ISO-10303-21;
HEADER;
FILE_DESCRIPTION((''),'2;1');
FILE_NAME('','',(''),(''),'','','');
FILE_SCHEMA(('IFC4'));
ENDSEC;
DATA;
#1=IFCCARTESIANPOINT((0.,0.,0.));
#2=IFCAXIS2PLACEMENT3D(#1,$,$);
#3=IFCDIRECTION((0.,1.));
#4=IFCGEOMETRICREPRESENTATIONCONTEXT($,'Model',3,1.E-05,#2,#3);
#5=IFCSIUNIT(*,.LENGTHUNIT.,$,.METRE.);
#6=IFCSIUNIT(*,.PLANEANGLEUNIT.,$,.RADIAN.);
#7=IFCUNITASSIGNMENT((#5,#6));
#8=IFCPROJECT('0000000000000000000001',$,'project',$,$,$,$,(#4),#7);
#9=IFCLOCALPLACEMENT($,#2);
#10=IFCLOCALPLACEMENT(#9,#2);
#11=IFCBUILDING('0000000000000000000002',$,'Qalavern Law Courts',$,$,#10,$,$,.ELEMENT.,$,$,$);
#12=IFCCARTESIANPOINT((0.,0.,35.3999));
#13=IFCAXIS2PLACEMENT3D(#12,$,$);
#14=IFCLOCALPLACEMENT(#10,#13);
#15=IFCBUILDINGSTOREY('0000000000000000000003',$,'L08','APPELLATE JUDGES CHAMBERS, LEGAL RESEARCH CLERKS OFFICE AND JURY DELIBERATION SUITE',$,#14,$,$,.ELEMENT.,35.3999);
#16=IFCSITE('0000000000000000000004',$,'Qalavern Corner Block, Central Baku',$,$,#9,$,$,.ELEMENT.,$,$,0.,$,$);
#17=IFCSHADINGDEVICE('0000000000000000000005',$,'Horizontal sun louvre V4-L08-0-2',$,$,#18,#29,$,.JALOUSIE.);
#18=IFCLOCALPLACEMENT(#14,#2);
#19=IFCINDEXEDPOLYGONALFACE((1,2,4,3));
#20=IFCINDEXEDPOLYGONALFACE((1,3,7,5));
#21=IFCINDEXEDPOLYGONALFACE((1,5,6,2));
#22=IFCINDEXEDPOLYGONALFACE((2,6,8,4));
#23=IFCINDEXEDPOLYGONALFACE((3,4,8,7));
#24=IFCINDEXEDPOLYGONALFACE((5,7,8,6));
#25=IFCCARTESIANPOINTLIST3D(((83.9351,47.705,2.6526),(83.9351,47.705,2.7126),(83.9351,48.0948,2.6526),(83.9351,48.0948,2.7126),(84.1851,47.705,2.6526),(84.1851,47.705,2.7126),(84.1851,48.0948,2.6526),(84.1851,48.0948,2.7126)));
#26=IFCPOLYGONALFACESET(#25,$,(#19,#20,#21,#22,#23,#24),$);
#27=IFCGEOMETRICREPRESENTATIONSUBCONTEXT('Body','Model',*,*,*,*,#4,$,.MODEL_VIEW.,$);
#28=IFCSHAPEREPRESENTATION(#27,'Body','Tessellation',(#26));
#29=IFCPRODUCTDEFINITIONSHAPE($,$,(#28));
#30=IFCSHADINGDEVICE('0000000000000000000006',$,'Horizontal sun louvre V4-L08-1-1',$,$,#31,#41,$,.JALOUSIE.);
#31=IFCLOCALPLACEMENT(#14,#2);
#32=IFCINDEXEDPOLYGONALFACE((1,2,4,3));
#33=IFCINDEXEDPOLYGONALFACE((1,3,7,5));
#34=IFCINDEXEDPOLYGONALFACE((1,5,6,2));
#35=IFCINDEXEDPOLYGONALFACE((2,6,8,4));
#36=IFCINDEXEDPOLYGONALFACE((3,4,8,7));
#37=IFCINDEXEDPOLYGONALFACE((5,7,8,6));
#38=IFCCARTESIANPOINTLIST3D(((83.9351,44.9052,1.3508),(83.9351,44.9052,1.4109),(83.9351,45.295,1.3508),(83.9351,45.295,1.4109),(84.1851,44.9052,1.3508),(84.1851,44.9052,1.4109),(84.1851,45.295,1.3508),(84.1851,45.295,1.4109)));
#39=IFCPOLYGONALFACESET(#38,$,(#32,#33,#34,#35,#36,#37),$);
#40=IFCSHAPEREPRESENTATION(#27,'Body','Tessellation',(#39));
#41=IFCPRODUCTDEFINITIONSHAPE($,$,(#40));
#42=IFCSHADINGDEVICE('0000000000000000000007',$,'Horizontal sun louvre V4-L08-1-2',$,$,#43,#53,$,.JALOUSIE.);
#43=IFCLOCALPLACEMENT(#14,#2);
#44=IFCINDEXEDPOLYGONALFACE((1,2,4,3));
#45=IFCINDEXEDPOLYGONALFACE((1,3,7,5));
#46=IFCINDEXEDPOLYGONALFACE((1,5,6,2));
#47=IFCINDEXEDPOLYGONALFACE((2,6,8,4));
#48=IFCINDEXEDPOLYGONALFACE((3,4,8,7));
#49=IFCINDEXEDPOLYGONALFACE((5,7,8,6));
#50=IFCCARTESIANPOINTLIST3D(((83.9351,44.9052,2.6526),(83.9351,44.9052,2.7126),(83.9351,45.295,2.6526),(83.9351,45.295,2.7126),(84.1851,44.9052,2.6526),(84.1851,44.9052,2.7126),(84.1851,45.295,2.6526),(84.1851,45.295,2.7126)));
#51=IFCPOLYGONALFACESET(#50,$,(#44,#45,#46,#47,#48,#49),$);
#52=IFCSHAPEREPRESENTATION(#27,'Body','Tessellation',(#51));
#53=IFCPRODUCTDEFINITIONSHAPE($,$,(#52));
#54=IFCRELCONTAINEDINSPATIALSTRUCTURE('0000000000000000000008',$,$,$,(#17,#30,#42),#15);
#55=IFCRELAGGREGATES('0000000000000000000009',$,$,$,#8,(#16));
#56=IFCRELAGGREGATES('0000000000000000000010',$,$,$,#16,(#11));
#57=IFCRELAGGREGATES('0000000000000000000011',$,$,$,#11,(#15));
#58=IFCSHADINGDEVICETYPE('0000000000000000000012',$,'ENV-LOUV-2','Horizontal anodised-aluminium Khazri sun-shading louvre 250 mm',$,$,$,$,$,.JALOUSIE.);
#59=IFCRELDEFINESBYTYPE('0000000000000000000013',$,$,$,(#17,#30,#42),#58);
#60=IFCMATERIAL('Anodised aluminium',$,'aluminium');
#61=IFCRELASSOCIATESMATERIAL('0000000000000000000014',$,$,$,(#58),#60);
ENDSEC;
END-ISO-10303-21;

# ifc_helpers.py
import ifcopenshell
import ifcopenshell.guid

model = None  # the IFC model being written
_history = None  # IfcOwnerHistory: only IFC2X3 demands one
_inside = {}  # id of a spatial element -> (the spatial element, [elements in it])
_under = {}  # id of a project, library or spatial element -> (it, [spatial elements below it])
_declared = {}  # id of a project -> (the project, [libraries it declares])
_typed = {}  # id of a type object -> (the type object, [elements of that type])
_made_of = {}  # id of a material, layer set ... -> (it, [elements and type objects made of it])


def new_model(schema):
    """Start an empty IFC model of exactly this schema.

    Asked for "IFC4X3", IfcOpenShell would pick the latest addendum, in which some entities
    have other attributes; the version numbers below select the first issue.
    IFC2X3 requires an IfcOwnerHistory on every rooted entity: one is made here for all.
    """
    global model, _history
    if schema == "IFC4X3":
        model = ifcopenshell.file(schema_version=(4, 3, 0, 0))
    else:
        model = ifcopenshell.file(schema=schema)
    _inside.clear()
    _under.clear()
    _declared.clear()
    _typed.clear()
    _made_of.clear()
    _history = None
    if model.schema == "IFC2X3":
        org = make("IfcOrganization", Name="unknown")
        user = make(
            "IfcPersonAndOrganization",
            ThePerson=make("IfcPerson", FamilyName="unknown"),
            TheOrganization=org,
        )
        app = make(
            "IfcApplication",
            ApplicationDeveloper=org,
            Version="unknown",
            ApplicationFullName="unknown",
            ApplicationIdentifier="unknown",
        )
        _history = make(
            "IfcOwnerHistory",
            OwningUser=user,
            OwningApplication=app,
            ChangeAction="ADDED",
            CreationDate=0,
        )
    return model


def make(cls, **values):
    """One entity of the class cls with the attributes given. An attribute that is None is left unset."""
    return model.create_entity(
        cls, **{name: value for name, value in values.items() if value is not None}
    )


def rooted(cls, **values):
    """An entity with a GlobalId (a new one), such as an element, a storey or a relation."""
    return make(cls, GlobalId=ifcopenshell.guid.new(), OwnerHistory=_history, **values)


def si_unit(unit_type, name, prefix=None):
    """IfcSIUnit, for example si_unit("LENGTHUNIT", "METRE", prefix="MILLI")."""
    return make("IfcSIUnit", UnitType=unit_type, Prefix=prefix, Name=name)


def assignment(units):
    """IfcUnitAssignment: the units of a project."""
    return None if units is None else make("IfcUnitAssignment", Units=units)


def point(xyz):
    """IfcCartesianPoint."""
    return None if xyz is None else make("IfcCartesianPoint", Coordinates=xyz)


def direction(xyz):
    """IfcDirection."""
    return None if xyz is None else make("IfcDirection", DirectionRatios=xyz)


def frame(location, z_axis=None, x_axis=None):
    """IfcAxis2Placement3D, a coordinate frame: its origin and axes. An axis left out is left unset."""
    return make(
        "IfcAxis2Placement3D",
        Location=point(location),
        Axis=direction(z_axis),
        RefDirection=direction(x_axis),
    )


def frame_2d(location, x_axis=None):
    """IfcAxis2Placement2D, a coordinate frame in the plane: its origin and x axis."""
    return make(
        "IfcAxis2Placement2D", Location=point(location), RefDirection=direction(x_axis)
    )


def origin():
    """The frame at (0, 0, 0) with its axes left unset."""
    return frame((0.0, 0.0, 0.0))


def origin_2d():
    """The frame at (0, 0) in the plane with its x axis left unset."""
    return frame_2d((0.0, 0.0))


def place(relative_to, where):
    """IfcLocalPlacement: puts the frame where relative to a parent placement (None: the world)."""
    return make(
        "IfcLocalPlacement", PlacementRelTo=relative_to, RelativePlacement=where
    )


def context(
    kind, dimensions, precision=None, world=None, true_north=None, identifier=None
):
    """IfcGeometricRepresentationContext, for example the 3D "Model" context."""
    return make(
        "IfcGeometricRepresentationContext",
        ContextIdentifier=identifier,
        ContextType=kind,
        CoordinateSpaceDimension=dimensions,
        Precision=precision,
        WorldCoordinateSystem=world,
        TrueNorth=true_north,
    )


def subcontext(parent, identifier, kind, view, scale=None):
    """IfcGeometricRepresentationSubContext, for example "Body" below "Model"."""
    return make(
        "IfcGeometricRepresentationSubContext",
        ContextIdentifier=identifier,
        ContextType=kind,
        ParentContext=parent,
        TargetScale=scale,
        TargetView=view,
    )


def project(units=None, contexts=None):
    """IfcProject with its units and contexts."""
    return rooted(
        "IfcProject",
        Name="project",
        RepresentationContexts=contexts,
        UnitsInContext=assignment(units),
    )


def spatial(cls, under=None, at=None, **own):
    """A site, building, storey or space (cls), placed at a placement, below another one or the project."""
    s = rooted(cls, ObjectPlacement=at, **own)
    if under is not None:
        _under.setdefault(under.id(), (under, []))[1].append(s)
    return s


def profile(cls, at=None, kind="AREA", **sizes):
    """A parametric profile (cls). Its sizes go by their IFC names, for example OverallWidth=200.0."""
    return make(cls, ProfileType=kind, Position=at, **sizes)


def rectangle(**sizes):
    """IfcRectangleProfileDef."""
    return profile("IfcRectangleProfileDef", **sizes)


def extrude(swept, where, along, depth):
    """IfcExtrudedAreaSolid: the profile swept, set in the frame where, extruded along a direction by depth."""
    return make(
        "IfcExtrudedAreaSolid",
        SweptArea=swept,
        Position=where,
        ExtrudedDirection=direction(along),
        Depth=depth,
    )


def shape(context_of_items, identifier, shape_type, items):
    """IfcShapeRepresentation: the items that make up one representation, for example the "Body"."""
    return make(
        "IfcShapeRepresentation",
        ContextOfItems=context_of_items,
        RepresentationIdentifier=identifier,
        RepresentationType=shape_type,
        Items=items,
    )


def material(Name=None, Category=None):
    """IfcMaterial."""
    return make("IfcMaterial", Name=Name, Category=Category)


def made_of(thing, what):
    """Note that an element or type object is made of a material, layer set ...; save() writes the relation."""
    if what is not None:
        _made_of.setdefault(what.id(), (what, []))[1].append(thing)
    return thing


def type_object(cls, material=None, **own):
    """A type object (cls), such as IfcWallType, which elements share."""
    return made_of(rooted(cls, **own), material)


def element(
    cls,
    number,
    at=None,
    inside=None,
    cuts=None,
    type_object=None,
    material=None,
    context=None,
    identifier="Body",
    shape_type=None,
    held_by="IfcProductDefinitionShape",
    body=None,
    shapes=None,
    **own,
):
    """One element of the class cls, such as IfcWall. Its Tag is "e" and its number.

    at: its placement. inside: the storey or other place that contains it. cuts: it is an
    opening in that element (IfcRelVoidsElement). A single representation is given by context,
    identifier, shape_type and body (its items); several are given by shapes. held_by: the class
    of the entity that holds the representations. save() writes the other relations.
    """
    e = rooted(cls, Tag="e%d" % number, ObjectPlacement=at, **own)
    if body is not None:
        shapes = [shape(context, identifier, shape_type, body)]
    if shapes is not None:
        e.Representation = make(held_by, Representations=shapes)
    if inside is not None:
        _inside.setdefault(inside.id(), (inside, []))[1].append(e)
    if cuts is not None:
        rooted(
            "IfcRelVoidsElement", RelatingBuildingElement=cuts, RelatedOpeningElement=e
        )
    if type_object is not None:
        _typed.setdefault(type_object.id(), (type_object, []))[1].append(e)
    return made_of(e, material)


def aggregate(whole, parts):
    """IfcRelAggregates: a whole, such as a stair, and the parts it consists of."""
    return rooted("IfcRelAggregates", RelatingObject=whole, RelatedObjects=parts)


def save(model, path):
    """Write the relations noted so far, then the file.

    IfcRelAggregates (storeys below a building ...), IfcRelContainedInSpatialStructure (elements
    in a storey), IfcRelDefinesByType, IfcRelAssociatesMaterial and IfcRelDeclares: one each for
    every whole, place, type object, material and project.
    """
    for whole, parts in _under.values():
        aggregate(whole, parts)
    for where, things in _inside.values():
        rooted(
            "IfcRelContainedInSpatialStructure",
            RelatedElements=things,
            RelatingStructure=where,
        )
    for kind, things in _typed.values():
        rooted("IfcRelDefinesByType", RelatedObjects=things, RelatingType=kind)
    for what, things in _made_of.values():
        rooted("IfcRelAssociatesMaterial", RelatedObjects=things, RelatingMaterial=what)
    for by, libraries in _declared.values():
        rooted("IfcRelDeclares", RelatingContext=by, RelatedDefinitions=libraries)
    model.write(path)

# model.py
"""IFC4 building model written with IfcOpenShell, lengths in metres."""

from ifc_helpers import new_model, si_unit, direction, frame, origin, origin_2d, place, context, subcontext, project, spatial, rectangle, extrude, material, type_object, element, save


model = new_model("IFC4")

# Units and contexts
model_context = context("Model", 3, precision=1e-05, world=origin(), true_north=direction((0.0, 1.0)))
body_context = subcontext(model_context, "Body", "Model", "MODEL_VIEW")
ifc_project = project(units=[si_unit("LENGTHUNIT", "METRE"), si_unit("PLANEANGLEUNIT", "RADIAN")], contexts=[model_context])

# Site, building, storey
site_placement = place(None, origin())
site = spatial("IfcSite", under=ifc_project, at=site_placement, Name="Qalavern Corner Block, Central Baku", CompositionType="ELEMENT", RefElevation=0.0)
building_placement = place(site_placement, origin())
building = spatial("IfcBuilding", under=site, at=building_placement, Name="Qalavern Law Courts", CompositionType="ELEMENT")
storey_placement = place(building_placement, frame((0.0, 0.0, 35.3999)))
storey = spatial("IfcBuildingStorey", under=building, at=storey_placement, Name="L08", Description="APPELLATE JUDGES CHAMBERS, LEGAL RESEARCH CLERKS OFFICE AND JURY DELIBERATION SUITE", CompositionType="ELEMENT", Elevation=35.3999)

# Shading devices
ifc_material_1 = material(Name="Anodised aluminium", Category="aluminium")
shading_device_type_1 = type_object("IfcShadingDeviceType", Name="ENV-LOUV-2", Description="Horizontal anodised-aluminium Khazri sun-shading louvre 250 mm", PredefinedType="JALOUSIE", material=ifc_material_1)
for number, where, z_axis, x_axis, name in (
    (1, (84.0601, 47.8999, 2.6526), (0.0, 0.0, 1.0), (0.0, -1.0, 0.0), "Horizontal sun louvre V4-L08-0-2"),
    (2, (84.0601, 45.1001, 1.3508), (0.0, 0.0, 1.0), (0.0, -1.0, 0.0), "Horizontal sun louvre V4-L08-1-1"),
    (3, (84.0601, 45.1001, 2.6526), (0.0, 0.0, 1.0), (0.0, -1.0, 0.0), "Horizontal sun louvre V4-L08-1-2"),
):
    element("IfcShadingDevice", number, at=place(storey_placement, frame(where, z_axis=z_axis, x_axis=x_axis)), inside=storey, type_object=shading_device_type_1, Name=name, PredefinedType="JALOUSIE", context=body_context, shape_type="SweptSolid", body=[
        extrude(rectangle(XDim=0.3899, YDim=0.25, at=origin_2d()), origin(), (0.0, 0.0, 1.0), 0.0601),
    ])

save(model, "model.ifc")
